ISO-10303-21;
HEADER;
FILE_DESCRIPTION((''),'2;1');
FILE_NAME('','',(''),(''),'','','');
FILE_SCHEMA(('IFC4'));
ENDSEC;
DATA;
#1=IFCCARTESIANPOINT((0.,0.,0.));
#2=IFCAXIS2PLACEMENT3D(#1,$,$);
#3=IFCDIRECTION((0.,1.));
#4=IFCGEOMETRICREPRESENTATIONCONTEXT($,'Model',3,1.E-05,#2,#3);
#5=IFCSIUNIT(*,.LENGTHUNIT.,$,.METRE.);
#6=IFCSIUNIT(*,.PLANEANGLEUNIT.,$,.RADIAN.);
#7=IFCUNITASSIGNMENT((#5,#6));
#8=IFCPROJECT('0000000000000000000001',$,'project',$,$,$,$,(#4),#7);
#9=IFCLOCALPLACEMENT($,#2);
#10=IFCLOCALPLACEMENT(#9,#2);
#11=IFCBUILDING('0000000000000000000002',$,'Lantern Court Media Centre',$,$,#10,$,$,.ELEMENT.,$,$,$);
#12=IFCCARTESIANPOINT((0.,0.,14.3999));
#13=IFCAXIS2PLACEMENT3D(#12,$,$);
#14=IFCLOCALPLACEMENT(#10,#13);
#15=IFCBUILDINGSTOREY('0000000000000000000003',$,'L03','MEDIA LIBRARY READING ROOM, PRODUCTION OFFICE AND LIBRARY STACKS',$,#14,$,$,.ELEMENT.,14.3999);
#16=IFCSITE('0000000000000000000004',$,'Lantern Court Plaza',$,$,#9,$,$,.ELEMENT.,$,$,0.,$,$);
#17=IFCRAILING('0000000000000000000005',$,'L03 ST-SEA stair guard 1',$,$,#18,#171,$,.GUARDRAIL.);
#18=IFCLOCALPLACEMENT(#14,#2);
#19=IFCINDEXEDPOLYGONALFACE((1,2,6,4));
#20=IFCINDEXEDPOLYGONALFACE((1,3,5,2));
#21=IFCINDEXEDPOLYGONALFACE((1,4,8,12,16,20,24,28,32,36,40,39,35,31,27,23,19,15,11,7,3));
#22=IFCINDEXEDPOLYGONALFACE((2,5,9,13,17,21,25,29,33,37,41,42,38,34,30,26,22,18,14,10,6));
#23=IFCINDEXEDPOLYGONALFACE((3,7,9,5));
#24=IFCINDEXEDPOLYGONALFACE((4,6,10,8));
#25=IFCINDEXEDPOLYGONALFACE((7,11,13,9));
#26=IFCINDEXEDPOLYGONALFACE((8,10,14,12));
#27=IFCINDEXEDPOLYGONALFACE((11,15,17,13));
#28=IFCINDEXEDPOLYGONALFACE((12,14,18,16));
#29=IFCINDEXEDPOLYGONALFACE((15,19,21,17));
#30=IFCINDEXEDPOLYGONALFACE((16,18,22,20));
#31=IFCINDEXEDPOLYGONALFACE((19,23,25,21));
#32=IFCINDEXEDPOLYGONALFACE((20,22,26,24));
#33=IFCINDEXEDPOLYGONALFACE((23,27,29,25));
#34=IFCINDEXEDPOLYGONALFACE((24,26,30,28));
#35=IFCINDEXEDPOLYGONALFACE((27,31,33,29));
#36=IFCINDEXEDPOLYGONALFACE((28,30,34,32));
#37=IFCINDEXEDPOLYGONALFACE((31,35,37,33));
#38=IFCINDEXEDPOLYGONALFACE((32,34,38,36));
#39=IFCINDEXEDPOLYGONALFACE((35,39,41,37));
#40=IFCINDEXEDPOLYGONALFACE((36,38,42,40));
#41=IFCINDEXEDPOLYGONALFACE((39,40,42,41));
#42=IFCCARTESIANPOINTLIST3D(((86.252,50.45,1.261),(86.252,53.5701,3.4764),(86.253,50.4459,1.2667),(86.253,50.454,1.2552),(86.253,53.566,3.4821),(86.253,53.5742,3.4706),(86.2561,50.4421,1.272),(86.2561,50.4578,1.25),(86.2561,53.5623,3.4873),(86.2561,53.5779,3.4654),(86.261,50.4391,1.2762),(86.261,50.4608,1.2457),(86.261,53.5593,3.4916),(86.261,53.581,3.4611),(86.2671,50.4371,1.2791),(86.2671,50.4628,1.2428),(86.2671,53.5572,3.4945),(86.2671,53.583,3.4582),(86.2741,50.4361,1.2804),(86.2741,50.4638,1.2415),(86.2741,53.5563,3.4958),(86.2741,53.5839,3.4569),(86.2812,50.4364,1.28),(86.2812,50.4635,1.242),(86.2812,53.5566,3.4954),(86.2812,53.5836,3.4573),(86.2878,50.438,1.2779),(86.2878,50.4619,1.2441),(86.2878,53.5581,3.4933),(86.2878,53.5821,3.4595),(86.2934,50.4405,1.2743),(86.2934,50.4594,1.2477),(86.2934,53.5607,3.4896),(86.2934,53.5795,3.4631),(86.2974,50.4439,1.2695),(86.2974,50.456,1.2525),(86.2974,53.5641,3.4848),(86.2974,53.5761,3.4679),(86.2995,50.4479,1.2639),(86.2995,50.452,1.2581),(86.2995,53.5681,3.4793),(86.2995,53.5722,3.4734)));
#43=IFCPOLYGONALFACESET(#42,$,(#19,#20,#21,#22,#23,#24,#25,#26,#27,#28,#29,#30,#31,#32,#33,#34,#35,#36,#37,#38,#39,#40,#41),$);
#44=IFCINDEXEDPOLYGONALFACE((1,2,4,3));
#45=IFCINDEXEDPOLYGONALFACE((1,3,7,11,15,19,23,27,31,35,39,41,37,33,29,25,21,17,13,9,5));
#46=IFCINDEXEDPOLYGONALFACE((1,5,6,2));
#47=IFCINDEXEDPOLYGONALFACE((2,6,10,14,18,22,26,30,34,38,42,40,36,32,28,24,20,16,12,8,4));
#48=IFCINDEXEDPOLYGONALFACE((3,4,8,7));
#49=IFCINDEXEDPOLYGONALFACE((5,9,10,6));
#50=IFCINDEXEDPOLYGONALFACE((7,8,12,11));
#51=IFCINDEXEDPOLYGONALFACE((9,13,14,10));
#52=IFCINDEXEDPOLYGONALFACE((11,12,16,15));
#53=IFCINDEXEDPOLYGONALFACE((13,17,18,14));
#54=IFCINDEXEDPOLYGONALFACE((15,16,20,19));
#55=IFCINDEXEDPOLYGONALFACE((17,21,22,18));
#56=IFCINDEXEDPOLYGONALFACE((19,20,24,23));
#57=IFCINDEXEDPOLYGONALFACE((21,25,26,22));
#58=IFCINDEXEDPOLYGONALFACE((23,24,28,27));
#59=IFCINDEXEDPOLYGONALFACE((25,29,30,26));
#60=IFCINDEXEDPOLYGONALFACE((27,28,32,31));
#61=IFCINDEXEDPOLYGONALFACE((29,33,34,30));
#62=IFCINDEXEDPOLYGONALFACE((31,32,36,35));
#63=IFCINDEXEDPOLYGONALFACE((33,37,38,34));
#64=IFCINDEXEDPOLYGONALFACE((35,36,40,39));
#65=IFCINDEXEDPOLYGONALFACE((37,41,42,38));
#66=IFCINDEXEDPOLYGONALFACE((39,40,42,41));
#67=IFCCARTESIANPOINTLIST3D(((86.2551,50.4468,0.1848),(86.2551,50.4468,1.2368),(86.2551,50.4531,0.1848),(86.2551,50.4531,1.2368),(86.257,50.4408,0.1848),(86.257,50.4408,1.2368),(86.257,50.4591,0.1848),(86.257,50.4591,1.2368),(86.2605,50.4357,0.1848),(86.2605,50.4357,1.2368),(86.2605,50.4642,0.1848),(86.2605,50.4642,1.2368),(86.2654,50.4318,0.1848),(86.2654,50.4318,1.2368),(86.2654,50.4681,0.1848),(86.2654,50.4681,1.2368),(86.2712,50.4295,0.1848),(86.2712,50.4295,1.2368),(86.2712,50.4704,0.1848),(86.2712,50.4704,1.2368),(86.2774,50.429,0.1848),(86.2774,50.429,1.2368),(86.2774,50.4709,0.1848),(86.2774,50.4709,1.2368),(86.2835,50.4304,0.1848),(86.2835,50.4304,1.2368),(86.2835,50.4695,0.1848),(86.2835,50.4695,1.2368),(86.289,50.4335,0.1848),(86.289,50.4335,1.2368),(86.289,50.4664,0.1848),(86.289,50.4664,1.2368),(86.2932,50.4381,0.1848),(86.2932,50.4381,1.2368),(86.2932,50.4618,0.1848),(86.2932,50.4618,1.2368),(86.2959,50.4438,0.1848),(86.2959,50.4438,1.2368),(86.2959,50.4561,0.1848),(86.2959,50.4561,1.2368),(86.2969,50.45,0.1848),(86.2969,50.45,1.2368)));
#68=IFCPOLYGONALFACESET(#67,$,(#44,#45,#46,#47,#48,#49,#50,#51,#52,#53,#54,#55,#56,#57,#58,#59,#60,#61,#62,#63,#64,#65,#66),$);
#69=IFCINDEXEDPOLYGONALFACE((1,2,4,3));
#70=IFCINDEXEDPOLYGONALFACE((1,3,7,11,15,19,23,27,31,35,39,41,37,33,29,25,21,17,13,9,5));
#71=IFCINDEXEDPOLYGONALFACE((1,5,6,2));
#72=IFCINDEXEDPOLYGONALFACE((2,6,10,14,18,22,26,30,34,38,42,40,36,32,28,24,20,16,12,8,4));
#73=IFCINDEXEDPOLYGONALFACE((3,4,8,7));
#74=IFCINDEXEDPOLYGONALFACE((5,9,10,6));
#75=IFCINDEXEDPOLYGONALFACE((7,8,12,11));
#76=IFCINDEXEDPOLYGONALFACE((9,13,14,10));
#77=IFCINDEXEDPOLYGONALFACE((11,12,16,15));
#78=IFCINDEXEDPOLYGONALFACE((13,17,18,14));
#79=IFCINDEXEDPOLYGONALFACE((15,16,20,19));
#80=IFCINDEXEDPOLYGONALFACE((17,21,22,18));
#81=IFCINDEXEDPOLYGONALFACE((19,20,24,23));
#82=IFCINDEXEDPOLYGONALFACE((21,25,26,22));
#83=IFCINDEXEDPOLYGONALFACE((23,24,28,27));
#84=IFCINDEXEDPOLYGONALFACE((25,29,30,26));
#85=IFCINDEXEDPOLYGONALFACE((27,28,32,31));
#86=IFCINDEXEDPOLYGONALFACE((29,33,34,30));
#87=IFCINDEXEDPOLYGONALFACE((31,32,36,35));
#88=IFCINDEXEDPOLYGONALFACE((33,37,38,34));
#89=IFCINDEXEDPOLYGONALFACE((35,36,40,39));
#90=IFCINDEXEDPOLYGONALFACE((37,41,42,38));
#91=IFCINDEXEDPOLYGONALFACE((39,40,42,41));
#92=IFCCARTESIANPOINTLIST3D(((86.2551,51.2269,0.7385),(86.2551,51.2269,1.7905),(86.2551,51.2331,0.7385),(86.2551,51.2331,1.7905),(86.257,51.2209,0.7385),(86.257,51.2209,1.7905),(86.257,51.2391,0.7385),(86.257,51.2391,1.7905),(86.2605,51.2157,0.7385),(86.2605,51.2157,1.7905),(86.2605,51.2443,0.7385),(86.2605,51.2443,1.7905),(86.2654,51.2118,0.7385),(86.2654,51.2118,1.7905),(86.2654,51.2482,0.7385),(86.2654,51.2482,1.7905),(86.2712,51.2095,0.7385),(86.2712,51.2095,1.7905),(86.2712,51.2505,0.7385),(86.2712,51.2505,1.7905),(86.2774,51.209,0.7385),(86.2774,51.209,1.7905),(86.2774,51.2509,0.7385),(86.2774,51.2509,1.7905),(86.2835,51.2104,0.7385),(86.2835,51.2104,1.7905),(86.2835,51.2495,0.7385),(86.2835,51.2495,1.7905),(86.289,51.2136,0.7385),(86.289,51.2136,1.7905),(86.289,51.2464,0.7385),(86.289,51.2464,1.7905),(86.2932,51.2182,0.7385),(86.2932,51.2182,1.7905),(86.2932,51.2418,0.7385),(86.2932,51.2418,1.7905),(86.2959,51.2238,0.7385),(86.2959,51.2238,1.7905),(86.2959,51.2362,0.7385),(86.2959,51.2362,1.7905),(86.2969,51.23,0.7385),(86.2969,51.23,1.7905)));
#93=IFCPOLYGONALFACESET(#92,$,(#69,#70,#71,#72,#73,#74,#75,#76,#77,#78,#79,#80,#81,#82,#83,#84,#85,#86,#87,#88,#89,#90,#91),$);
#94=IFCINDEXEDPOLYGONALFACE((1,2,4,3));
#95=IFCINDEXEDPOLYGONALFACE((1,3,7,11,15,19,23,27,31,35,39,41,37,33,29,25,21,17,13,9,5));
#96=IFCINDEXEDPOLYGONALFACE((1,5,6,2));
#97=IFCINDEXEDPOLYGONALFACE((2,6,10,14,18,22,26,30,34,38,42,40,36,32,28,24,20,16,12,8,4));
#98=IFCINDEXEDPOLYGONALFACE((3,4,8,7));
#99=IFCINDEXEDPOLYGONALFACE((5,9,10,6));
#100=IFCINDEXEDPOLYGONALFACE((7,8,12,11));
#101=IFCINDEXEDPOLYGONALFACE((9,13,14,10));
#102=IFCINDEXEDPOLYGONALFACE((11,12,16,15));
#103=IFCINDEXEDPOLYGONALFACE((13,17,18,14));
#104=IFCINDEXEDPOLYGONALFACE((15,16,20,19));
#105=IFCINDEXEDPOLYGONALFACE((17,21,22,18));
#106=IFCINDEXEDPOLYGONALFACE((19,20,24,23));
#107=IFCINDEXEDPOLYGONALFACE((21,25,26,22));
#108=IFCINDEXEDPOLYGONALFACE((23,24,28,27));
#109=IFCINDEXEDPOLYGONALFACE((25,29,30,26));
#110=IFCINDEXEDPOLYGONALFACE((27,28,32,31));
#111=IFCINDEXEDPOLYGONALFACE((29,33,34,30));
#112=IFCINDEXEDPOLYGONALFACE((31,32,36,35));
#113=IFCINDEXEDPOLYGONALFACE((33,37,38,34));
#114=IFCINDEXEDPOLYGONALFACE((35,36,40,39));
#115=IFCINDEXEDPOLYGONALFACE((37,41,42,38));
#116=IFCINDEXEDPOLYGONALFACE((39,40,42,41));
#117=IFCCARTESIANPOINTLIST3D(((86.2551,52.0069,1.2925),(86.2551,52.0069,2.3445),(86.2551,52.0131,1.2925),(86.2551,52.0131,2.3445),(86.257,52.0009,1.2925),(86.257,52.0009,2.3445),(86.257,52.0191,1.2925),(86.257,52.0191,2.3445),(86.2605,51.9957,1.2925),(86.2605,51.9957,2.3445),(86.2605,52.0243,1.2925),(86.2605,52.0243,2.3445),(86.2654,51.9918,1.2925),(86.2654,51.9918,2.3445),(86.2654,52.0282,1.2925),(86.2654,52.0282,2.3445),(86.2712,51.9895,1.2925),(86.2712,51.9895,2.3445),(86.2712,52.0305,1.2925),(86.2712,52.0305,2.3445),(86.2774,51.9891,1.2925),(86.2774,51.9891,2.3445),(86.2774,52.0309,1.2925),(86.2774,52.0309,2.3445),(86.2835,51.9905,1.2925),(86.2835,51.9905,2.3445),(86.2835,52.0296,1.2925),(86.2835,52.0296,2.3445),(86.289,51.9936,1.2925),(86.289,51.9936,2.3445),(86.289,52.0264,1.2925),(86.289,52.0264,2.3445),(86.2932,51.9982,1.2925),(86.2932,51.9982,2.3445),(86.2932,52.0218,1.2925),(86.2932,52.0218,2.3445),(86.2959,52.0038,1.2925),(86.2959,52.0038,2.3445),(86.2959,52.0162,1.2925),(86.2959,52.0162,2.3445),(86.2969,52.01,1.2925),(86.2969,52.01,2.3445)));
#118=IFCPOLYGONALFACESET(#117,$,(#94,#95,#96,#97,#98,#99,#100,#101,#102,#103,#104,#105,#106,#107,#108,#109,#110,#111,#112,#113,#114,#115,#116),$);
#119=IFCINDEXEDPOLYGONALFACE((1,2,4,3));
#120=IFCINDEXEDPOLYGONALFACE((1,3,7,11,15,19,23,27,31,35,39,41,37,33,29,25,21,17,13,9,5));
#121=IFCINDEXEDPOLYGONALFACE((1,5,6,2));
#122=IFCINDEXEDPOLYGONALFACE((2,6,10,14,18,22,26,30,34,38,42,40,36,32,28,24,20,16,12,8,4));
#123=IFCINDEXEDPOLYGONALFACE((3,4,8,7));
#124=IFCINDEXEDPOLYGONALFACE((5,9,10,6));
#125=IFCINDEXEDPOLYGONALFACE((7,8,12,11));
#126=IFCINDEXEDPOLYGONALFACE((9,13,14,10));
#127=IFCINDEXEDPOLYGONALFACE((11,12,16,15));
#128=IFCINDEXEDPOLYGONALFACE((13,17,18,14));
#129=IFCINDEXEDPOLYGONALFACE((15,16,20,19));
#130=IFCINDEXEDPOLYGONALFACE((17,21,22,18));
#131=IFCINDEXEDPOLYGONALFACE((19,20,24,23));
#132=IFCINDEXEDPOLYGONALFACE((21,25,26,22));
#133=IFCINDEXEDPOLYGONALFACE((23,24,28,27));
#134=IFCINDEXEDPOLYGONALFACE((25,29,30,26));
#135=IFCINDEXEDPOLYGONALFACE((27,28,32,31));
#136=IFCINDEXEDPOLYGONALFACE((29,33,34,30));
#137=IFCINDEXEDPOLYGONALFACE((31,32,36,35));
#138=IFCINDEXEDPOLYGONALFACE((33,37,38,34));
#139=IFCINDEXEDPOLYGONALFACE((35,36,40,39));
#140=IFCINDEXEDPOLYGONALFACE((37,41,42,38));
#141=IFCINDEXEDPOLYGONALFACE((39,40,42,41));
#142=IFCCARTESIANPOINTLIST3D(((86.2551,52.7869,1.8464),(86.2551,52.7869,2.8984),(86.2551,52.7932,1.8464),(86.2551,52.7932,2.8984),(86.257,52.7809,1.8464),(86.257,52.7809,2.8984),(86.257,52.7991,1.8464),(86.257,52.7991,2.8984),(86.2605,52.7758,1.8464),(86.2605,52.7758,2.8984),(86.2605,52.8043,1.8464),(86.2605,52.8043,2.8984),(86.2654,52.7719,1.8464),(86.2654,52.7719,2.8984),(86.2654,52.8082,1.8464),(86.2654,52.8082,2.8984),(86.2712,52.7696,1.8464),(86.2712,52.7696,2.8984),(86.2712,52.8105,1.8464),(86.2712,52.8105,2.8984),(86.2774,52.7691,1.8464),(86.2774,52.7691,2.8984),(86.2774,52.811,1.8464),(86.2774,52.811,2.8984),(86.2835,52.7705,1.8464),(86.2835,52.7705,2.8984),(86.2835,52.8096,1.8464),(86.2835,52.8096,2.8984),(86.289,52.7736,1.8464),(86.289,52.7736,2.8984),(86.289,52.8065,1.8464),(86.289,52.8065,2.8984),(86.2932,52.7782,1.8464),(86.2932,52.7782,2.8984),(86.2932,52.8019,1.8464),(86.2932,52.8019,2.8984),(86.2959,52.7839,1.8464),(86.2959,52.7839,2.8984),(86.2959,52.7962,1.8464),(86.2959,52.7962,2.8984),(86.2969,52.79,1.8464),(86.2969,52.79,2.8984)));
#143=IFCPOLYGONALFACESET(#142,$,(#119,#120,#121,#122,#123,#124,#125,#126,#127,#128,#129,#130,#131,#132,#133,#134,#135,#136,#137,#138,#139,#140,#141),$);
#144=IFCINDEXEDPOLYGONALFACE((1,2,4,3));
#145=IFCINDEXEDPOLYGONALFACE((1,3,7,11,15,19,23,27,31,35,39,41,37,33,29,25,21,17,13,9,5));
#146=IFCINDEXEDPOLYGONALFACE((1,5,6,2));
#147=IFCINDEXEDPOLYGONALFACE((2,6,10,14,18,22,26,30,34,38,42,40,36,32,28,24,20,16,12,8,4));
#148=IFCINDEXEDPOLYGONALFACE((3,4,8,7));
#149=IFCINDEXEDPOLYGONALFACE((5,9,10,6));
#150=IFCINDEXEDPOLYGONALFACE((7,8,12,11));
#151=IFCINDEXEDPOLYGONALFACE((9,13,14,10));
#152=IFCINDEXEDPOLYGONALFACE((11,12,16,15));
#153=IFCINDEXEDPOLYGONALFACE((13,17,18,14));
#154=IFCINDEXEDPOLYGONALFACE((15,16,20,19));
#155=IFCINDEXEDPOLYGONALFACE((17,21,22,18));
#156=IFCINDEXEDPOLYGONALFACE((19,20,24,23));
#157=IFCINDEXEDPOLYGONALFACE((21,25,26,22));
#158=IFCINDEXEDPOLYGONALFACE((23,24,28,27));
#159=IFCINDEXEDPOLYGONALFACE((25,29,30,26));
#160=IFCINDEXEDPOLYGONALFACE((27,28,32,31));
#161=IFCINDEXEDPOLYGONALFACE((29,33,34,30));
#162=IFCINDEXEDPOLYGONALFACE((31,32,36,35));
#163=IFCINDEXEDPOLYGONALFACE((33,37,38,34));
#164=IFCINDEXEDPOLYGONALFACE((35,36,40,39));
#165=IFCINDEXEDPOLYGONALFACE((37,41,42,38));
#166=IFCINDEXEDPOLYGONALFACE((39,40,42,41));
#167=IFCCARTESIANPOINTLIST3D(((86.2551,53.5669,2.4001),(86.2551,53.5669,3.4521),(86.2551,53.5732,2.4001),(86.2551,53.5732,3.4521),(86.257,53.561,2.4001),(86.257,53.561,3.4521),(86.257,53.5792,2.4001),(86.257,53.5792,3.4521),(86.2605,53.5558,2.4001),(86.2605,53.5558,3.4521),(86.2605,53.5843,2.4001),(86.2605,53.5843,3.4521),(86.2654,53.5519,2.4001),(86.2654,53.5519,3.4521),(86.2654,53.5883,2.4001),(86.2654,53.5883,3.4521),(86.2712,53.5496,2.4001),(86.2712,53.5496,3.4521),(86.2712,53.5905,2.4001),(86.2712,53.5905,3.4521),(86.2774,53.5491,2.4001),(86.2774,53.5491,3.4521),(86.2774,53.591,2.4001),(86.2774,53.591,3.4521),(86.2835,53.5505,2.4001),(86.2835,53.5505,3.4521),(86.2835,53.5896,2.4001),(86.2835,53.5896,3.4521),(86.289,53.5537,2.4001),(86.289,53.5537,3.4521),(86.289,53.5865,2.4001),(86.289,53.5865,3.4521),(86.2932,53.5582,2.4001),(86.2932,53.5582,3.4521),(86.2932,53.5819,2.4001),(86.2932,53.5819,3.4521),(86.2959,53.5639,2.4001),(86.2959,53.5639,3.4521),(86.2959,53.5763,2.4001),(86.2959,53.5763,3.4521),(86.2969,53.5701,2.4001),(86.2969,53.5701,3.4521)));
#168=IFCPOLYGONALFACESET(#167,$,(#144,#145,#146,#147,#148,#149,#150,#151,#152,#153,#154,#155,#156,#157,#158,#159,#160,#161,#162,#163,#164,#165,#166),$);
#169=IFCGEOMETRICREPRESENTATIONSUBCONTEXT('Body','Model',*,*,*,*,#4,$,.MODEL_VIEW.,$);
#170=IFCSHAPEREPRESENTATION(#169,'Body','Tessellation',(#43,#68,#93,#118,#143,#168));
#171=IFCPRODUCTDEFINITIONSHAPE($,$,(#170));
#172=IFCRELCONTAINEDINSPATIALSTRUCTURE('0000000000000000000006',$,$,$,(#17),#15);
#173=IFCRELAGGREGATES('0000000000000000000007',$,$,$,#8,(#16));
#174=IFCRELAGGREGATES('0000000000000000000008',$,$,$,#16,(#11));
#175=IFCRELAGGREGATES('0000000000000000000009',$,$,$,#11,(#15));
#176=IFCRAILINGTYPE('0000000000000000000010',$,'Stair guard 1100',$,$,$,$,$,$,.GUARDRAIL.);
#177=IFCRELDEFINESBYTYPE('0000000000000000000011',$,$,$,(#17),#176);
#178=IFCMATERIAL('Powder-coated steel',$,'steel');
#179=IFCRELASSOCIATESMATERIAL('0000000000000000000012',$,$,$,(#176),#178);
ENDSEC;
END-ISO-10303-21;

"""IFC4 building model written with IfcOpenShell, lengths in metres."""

from ifc_helpers import new_model, si_unit, direction, frame, origin, origin_2d, place, context, subcontext, project, spatial, circle, extrude, material, type_object, element, save


model = new_model("IFC4")

# Units and contexts
model_context = context("Model", 3, precision=1e-05, world=origin(), true_north=direction((0.0, 1.0)))
body_context = subcontext(model_context, "Body", "Model", "MODEL_VIEW")
ifc_project = project(units=[si_unit("LENGTHUNIT", "METRE"), si_unit("PLANEANGLEUNIT", "RADIAN")], contexts=[model_context])

# Site, building, storey
site_placement = place(None, origin())
site = spatial("IfcSite", under=ifc_project, at=site_placement, Name="Lantern Court Plaza", CompositionType="ELEMENT", RefElevation=0.0)
building_placement = place(site_placement, origin())
building = spatial("IfcBuilding", under=site, at=building_placement, Name="Lantern Court Media Centre", CompositionType="ELEMENT")
storey_placement = place(building_placement, frame((0.0, 0.0, 14.3999)))
storey = spatial("IfcBuildingStorey", under=building, at=storey_placement, Name="L03", Description="MEDIA LIBRARY READING ROOM, PRODUCTION OFFICE AND LIBRARY STACKS", CompositionType="ELEMENT", Elevation=14.3999)

# Railing
ifc_material_1 = material(Name="Powder-coated steel", Category="steel")
railing_type_1 = type_object("IfcRailingType", Name="Stair guard 1100", PredefinedType="GUARDRAIL", material=ifc_material_1)
railing_1_placement = place(storey_placement, frame((86.2759, 50.45, 0.1848)))
element("IfcRailing", 1, at=railing_1_placement, inside=storey, type_object=railing_type_1, Name="L03 ST-SEA stair guard 1", PredefinedType="GUARDRAIL", context=body_context, shape_type="SweptSolid", body=[
    extrude(circle(Radius=0.0239, at=origin_2d()), frame((0.0, 0.0, 1.0762), z_axis=(0.0, 0.815377, 0.57893), x_axis=(-1.0, 0.0, 0.0)), (0.0, 0.0, 1.0), 3.8267),
    extrude(circle(Radius=0.021, at=origin_2d()), origin(), (0.0, 0.0, 1.0), 1.052),
    extrude(circle(Radius=0.021, at=origin_2d()), frame((0.0, 0.78, 0.5537)), (0.0, 0.0, 1.0), 1.052),
    extrude(circle(Radius=0.021, at=origin_2d()), frame((0.0, 1.5601, 1.1077)), (0.0, 0.0, 1.0), 1.052),
    extrude(circle(Radius=0.021, at=origin_2d()), frame((0.0, 2.3401, 1.6616)), (0.0, 0.0, 1.0), 1.052),
    extrude(circle(Radius=0.021, at=origin_2d()), frame((0.0, 3.1201, 2.2153)), (0.0, 0.0, 1.0), 1.052),
])

save(model, "model.ifc")
